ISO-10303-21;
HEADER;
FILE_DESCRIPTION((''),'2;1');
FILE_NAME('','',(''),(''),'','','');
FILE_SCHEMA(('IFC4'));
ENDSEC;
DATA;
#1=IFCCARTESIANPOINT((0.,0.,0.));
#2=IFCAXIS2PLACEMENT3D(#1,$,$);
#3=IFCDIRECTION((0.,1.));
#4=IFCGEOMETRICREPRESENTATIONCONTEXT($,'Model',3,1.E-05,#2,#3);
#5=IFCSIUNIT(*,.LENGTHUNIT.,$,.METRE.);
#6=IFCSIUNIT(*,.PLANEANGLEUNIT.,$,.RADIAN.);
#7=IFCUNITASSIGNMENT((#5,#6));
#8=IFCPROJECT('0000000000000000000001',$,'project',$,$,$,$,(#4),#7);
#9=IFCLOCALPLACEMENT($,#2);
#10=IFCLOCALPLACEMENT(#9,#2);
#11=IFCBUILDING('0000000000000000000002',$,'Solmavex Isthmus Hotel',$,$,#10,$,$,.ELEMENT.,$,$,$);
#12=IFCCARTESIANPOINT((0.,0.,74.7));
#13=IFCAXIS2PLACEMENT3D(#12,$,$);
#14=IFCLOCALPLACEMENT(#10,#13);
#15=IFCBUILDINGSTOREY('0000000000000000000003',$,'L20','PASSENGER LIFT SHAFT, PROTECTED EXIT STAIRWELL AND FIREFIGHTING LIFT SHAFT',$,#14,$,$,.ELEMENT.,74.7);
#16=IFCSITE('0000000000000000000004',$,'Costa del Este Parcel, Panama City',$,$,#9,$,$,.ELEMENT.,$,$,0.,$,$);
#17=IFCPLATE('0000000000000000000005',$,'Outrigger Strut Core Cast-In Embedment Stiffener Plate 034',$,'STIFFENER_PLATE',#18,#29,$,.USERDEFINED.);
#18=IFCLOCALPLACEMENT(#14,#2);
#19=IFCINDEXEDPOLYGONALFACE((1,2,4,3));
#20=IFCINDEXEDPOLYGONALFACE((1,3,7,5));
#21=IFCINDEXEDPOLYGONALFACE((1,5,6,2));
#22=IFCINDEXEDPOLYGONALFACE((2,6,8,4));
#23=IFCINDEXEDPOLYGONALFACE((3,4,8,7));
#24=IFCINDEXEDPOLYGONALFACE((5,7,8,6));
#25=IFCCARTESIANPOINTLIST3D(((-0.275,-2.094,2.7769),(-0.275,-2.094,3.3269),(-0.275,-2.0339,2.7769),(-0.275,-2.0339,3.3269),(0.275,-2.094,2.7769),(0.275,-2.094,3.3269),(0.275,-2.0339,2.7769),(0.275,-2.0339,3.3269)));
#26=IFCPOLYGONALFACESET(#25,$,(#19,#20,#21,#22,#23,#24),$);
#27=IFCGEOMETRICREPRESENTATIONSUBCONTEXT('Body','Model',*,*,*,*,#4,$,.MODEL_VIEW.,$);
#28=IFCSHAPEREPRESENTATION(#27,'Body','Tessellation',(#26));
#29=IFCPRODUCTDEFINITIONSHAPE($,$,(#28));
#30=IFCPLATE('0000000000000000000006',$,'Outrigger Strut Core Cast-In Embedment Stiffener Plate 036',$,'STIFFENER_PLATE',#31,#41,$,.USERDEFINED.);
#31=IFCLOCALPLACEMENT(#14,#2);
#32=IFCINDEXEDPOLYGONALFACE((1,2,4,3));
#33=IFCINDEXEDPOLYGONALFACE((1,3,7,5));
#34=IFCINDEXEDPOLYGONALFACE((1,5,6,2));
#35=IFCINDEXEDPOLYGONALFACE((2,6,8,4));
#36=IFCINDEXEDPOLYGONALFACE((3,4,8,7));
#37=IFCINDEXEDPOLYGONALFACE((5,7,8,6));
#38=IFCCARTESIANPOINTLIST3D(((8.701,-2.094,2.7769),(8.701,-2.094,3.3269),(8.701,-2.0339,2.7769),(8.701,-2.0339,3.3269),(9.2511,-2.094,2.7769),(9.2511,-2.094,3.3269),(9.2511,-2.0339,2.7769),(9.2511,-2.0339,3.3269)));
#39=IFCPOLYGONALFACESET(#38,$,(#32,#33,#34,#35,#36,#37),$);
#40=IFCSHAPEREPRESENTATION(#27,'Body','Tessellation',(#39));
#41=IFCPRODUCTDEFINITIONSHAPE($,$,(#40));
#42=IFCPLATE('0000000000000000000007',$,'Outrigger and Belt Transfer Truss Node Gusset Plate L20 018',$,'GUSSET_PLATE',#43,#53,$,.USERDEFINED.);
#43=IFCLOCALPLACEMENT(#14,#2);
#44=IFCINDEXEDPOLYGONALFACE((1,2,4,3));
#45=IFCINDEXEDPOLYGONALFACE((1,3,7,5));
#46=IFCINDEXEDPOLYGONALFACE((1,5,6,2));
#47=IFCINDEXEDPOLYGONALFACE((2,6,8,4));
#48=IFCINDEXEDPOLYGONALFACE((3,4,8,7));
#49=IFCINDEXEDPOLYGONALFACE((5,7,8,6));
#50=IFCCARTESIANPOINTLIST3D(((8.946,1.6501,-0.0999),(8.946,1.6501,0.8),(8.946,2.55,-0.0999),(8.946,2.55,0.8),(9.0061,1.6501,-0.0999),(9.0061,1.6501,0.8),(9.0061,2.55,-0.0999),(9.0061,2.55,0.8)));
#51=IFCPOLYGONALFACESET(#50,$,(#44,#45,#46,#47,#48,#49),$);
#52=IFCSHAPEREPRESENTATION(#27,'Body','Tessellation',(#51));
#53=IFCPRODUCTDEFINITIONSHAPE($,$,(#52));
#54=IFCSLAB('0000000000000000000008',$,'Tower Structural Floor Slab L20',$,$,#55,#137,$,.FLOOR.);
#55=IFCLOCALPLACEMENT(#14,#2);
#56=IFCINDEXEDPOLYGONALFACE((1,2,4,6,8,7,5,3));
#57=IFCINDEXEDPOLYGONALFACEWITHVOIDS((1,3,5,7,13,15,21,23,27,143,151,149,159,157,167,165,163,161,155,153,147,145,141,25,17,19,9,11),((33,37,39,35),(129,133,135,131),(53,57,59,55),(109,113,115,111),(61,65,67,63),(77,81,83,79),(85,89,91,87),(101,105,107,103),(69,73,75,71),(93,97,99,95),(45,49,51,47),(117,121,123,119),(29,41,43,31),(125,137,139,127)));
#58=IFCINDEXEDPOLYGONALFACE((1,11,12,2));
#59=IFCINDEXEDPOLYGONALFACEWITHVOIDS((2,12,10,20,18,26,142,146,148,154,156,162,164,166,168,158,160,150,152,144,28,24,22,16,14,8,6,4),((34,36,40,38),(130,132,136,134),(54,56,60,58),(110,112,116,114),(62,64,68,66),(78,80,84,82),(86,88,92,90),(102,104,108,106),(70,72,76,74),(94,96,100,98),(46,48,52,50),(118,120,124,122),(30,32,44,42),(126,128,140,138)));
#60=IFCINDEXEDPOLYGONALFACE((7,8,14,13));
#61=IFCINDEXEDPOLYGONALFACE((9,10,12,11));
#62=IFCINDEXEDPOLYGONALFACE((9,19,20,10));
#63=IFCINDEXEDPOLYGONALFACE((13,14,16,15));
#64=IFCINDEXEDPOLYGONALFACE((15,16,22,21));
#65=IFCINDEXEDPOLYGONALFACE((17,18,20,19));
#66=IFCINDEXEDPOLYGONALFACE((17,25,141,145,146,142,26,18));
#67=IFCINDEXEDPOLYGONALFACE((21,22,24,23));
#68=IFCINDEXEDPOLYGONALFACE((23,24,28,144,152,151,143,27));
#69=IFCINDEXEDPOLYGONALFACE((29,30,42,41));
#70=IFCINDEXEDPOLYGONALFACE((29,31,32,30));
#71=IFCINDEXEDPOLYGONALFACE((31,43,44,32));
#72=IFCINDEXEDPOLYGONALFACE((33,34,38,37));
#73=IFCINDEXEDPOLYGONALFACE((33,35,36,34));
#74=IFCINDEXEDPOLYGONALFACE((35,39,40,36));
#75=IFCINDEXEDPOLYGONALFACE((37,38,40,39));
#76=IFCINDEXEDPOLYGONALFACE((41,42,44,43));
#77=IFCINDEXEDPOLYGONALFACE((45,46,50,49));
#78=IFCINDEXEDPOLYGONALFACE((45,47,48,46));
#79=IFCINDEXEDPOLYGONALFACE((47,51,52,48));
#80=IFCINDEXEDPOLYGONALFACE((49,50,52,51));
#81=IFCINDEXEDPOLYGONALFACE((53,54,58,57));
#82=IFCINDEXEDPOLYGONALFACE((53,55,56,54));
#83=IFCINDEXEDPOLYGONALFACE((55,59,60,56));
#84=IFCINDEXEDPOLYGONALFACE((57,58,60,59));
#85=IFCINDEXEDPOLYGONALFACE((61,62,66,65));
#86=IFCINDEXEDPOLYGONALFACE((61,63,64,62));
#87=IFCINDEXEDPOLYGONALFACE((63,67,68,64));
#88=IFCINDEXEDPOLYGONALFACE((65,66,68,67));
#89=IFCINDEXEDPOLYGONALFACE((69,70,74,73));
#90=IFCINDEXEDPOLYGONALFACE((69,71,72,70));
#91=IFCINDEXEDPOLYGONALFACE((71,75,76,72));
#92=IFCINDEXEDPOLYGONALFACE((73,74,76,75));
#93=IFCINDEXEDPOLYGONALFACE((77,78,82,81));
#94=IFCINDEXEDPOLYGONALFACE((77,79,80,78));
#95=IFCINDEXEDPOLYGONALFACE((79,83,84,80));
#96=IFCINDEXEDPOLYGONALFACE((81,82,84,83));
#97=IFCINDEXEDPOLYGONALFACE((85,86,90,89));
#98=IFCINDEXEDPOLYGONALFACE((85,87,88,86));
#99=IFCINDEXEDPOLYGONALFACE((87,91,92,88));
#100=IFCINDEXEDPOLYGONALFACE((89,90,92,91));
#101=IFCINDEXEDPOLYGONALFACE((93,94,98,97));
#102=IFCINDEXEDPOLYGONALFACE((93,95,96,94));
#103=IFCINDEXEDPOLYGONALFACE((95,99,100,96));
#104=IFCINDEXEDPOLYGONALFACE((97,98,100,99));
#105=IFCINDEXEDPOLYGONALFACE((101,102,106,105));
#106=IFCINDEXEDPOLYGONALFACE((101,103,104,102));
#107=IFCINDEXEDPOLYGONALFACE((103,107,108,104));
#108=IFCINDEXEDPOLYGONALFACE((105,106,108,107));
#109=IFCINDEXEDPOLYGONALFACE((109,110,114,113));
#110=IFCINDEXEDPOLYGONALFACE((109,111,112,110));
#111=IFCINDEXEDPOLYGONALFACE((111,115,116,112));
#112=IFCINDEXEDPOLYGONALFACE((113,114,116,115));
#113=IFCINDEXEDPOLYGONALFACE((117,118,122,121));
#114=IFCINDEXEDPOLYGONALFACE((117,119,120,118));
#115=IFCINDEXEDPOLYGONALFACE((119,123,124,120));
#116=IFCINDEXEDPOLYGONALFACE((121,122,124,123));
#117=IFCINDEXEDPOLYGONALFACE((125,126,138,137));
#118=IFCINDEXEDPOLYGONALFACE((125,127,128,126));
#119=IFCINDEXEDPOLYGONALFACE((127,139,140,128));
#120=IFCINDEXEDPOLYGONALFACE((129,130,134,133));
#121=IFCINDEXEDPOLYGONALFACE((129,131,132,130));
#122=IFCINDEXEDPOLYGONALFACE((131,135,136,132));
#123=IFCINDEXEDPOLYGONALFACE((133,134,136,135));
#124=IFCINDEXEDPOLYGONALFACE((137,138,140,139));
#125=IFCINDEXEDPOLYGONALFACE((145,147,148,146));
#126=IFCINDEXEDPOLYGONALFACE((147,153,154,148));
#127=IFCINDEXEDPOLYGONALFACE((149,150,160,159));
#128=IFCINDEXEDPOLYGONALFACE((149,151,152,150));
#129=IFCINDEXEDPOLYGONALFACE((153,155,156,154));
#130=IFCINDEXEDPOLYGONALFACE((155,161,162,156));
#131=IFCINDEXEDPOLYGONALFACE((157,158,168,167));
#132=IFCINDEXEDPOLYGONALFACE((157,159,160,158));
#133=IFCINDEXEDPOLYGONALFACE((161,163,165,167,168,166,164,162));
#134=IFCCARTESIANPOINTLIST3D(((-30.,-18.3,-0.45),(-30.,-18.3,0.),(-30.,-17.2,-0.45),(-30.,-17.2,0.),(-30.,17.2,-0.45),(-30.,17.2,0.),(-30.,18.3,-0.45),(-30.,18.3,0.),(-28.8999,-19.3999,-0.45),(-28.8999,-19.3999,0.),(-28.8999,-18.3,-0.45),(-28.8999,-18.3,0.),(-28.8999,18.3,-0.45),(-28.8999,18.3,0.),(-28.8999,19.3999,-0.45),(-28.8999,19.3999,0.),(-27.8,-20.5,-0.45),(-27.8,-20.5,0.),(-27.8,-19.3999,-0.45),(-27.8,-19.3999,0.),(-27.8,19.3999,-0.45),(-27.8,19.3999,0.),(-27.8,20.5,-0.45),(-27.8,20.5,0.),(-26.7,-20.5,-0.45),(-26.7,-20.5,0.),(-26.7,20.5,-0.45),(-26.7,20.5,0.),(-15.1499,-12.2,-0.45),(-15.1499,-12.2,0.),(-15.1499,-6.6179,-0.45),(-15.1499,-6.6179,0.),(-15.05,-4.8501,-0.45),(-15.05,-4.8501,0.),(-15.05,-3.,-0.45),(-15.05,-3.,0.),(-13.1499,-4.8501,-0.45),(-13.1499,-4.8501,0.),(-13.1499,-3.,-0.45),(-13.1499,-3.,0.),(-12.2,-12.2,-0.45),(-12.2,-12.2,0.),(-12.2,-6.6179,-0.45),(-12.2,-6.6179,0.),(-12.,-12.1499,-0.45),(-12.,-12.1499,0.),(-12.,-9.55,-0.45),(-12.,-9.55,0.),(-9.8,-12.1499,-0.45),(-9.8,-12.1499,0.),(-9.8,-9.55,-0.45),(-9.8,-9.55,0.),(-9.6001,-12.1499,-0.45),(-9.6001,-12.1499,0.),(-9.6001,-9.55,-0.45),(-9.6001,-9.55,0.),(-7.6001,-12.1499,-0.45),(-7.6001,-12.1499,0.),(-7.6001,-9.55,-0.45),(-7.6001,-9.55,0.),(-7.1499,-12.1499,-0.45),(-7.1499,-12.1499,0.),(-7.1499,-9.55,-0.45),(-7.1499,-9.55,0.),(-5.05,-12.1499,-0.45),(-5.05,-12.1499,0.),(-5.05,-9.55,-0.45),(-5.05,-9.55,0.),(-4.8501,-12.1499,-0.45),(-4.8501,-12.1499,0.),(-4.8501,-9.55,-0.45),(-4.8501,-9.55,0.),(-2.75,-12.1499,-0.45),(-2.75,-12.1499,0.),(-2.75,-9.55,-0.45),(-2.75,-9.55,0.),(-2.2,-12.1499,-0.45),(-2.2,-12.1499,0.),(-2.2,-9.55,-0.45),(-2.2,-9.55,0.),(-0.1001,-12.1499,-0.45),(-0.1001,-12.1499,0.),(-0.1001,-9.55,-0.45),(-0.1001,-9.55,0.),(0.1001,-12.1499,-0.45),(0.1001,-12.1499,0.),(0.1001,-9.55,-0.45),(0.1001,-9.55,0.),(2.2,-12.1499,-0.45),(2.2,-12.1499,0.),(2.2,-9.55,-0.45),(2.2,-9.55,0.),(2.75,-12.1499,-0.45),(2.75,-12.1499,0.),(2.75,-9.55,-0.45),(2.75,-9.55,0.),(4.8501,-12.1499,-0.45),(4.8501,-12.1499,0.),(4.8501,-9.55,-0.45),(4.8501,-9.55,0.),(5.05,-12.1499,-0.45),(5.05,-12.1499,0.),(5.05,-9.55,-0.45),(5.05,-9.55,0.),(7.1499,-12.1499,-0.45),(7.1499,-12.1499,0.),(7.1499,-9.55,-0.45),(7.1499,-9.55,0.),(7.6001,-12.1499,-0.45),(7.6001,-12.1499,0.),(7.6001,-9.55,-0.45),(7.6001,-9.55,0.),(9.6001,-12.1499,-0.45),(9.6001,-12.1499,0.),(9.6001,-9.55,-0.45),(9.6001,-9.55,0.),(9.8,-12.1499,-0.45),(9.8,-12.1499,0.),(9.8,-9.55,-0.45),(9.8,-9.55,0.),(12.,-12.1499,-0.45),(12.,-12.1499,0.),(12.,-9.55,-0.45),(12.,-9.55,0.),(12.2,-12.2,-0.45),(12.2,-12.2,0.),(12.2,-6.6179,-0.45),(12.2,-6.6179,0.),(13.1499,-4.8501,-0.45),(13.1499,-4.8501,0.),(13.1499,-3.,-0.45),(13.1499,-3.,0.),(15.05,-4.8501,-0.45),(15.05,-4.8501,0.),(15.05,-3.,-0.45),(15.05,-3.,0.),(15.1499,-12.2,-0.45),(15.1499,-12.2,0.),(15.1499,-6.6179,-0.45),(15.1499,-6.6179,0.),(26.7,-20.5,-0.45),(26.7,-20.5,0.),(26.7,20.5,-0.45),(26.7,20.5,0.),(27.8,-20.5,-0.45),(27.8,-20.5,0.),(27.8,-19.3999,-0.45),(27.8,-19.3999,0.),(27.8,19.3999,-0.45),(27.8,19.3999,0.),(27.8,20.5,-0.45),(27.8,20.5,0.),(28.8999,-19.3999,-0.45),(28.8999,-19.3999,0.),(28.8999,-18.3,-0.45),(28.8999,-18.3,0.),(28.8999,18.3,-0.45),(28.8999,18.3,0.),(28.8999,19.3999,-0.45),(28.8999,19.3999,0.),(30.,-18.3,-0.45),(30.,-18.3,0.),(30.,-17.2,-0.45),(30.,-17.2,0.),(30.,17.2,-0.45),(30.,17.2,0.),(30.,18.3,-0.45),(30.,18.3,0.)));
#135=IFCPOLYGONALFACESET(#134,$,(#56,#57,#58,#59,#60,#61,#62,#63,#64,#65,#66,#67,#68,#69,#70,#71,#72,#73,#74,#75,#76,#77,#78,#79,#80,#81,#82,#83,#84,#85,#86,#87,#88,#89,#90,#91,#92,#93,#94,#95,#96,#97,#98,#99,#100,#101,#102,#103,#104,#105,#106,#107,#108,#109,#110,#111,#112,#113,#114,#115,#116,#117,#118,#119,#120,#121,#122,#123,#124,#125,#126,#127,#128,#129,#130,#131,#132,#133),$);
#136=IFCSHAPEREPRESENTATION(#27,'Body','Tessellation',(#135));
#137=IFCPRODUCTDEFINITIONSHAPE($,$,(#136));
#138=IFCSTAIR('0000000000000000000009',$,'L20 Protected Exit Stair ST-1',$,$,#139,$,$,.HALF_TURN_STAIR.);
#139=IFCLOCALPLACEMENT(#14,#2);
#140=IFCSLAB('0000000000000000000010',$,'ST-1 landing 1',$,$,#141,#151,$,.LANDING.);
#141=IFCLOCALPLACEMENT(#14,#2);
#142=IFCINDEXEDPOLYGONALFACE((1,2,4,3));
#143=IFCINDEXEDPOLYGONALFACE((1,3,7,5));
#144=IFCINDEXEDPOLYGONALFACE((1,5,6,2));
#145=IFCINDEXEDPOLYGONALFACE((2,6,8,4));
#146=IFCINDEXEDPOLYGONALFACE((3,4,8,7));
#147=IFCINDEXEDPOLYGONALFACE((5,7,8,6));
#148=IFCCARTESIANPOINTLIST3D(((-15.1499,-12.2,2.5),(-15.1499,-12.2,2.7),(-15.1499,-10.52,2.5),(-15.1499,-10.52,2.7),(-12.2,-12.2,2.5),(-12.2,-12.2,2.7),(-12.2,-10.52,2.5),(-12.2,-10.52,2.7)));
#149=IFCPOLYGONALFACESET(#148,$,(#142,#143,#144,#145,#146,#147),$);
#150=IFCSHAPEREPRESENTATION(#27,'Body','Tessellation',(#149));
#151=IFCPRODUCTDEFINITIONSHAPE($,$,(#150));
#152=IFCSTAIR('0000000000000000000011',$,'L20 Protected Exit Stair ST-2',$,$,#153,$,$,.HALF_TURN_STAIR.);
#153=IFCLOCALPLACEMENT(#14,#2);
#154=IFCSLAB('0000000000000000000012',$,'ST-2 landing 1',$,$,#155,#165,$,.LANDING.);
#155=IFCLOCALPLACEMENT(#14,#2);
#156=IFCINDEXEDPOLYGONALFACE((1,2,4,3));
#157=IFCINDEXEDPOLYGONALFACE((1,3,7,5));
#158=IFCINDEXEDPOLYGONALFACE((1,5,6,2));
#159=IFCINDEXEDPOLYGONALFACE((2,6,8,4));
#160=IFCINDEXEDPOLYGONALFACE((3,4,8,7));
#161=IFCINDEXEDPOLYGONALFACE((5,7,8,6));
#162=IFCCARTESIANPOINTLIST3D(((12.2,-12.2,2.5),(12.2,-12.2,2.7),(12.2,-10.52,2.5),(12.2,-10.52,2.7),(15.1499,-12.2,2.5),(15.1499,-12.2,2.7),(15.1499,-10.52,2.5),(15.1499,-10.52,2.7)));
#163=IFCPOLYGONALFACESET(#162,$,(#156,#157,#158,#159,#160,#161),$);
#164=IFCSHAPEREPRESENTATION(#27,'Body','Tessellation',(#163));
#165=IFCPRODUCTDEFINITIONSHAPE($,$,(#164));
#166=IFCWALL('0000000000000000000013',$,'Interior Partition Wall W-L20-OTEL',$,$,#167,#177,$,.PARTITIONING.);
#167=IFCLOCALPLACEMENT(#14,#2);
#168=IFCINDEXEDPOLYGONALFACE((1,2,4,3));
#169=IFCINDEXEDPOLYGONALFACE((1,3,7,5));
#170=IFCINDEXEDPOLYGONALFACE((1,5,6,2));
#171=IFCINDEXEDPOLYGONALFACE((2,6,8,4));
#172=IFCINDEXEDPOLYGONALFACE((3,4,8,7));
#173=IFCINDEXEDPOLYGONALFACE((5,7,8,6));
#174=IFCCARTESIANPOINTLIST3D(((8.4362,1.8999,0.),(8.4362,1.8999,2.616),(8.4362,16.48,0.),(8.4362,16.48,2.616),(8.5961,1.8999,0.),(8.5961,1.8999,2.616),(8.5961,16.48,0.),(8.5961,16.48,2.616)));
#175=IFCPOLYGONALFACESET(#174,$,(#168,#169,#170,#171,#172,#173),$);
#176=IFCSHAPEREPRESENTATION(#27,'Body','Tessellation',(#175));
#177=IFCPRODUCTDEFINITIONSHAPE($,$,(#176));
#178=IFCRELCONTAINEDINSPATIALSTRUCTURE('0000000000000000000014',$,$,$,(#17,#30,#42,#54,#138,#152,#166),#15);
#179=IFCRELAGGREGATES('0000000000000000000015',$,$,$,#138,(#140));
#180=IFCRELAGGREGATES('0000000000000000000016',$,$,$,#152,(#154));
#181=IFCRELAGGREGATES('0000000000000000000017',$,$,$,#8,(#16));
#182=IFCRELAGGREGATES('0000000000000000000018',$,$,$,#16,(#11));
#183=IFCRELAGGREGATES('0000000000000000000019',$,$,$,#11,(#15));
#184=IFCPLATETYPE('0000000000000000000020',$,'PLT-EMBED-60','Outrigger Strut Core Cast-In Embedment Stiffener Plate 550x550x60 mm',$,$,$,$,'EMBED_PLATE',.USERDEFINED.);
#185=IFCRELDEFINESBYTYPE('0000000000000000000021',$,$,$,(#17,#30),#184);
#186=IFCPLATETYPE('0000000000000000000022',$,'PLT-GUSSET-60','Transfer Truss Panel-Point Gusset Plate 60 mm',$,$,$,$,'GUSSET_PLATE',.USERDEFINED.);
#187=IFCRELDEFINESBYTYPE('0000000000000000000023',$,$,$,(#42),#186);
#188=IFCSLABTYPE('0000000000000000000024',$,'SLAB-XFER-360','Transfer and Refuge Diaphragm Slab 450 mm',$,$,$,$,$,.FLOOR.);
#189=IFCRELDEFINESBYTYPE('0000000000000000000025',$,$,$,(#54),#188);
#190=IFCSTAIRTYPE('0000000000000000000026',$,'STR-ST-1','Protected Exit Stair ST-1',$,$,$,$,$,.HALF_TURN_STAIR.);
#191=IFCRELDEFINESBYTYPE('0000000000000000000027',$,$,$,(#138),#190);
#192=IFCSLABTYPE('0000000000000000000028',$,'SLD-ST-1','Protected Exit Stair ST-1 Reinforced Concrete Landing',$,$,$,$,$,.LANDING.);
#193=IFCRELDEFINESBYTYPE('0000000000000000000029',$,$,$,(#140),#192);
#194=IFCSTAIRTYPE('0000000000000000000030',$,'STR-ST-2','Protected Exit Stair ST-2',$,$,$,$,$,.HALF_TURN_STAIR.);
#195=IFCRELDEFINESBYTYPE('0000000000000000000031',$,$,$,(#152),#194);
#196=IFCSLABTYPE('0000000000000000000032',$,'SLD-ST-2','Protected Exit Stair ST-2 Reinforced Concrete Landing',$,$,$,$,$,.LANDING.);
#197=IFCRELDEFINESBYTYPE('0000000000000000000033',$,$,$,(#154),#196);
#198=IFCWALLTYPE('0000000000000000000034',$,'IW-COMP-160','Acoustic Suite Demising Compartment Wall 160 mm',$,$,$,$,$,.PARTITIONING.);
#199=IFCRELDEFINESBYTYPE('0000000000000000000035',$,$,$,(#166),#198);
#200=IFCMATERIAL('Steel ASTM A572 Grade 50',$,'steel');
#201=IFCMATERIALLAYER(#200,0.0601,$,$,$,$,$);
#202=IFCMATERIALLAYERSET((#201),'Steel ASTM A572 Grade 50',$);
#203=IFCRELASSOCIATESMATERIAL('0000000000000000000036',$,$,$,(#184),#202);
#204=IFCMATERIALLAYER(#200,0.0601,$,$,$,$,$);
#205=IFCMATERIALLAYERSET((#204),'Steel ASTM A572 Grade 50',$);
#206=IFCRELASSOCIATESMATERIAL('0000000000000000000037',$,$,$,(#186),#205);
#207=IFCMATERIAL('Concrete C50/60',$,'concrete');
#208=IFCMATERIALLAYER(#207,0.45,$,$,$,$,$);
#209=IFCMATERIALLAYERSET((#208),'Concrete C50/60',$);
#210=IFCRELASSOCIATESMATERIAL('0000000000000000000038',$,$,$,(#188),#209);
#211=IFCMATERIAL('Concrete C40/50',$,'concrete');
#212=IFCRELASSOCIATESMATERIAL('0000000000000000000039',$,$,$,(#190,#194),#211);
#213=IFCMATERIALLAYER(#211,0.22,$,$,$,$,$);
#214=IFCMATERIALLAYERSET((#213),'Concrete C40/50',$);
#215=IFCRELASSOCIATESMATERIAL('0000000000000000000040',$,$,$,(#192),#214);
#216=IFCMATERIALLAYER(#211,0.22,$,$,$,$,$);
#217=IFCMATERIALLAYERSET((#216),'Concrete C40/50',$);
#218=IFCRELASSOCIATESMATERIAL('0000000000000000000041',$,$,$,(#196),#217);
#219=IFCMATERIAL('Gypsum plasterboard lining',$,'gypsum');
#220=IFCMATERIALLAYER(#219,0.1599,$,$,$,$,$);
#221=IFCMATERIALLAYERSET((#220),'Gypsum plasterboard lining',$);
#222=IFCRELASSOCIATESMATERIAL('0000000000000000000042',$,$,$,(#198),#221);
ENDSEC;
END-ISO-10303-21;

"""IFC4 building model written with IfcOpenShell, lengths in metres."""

from ifc_helpers import new_model, si_unit, direction, frame, frame_2d, origin, origin_2d, place, context, subcontext, project, spatial, polyline, rectangle, outline, extrude, material, layer, layer_set, type_object, element, aggregate, save


model = new_model("IFC4")

# Units and contexts
model_context = context("Model", 3, precision=1e-05, world=origin(), true_north=direction((0.0, 1.0)))
body_context = subcontext(model_context, "Body", "Model", "MODEL_VIEW")
ifc_project = project(units=[si_unit("LENGTHUNIT", "METRE"), si_unit("PLANEANGLEUNIT", "RADIAN")], contexts=[model_context])

# Site, building, storey
site_placement = place(None, origin())
site = spatial("IfcSite", under=ifc_project, at=site_placement, Name="Costa del Este Parcel, Panama City", CompositionType="ELEMENT", RefElevation=0.0)
building_placement = place(site_placement, origin())
building = spatial("IfcBuilding", under=site, at=building_placement, Name="Solmavex Isthmus Hotel", CompositionType="ELEMENT")
storey_placement = place(building_placement, frame((0.0, 0.0, 74.7)))
storey = spatial("IfcBuildingStorey", under=building, at=storey_placement, Name="L20", Description="PASSENGER LIFT SHAFT, PROTECTED EXIT STAIRWELL AND FIREFIGHTING LIFT SHAFT", CompositionType="ELEMENT", Elevation=74.7)

# Plates
ifc_material_1 = material(Name="Steel ASTM A572 Grade 50", Category="steel")
ifc_layer_1 = layer(ifc_material_1, 0.0601)
ifc_layer_set_1 = layer_set([ifc_layer_1], Name="Steel ASTM A572 Grade 50")
plate_type_1 = type_object("IfcPlateType", Name="PLT-EMBED-60", Description="Outrigger Strut Core Cast-In Embedment Stiffener Plate 550x550x60 mm", ElementType="EMBED_PLATE", PredefinedType="USERDEFINED", material=ifc_layer_set_1)
for number, where, z_axis, x_axis, name in (
    (1, (0.0, -2.064, 2.7769), (0.0, 0.0, 1.0), (1.0, 0.0, 0.0), "Outrigger Strut Core Cast-In Embedment Stiffener Plate 034"),
    (2, (8.9761, -2.064, 2.7769), (0.0, 0.0, 1.0), (1.0, 0.0, 0.0), "Outrigger Strut Core Cast-In Embedment Stiffener Plate 036"),
):
    element("IfcPlate", number, at=place(storey_placement, frame(where, z_axis=z_axis, x_axis=x_axis)), inside=storey, type_object=plate_type_1, Name=name, ObjectType="STIFFENER_PLATE", PredefinedType="USERDEFINED", context=body_context, shape_type="SweptSolid", body=[
        extrude(rectangle(XDim=0.55, YDim=0.0601, at=origin_2d()), origin(), (0.0, 0.0, 1.0), 0.55),
    ])
ifc_layer_2 = layer(ifc_material_1, 0.0601)
ifc_layer_set_2 = layer_set([ifc_layer_2], Name="Steel ASTM A572 Grade 50")
plate_type_2 = type_object("IfcPlateType", Name="PLT-GUSSET-60", Description="Transfer Truss Panel-Point Gusset Plate 60 mm", ElementType="GUSSET_PLATE", PredefinedType="USERDEFINED", material=ifc_layer_set_2)
plate_placement = place(storey_placement, frame((8.9761, 2.1001, -0.0999), z_axis=(0.0, 0.0, 1.0), x_axis=(0.0, 1.0, 0.0)))
element("IfcPlate", 3, at=plate_placement, inside=storey, type_object=plate_type_2, Name="Outrigger and Belt Transfer Truss Node Gusset Plate L20 018", ObjectType="GUSSET_PLATE", PredefinedType="USERDEFINED", context=body_context, shape_type="SweptSolid", body=[
    extrude(rectangle(XDim=0.8999, YDim=0.0601, at=origin_2d()), origin(), (0.0, 0.0, 1.0), 0.8999),
])

# Slab
ifc_material_2 = material(Name="Concrete C50/60", Category="concrete")
ifc_layer_3 = layer(ifc_material_2, 0.45)
ifc_layer_set_3 = layer_set([ifc_layer_3], Name="Concrete C50/60")
slab_type_1 = type_object("IfcSlabType", Name="SLAB-XFER-360", Description="Transfer and Refuge Diaphragm Slab 450 mm", PredefinedType="FLOOR", material=ifc_layer_set_3)
slab_1_placement = place(storey_placement, frame((0.0, 0.0, -0.45)))
element("IfcSlab", 4, at=slab_1_placement, inside=storey, type_object=slab_type_1, Name="Tower Structural Floor Slab L20", PredefinedType="FLOOR", context=body_context, shape_type="SweptSolid", body=[
    extrude(outline(polyline([(-26.7, -20.5), (26.7, -20.5), (27.8, -20.5), (27.8, -19.3999), (28.8999, -19.3999), (28.8999, -18.3), (30.0, -18.3), (30.0, -17.2), (30.0, 17.2), (30.0, 18.3), (28.8999, 18.3), (28.8999, 19.3999), (27.8, 19.3999), (27.8, 20.5), (26.7, 20.5), (-26.7, 20.5), (-27.8, 20.5), (-27.8, 19.3999), (-28.8999, 19.3999), (-28.8999, 18.3), (-30.0, 18.3), (-30.0, 17.2), (-30.0, -17.2), (-30.0, -18.3), (-28.8999, -18.3), (-28.8999, -19.3999), (-27.8, -19.3999), (-27.8, -20.5), (-26.7, -20.5)]), holes=[polyline([(-15.1499, -6.6179), (-15.1499, -12.2), (-12.2, -12.2), (-12.2, -6.6179), (-15.1499, -6.6179)]), polyline([(12.2, -6.6179), (12.2, -12.2), (15.1499, -12.2), (15.1499, -6.6179), (12.2, -6.6179)]), polyline([(-12.0, -12.1499), (-9.8, -12.1499), (-9.8, -9.55), (-12.0, -9.55), (-12.0, -12.1499)]), polyline([(9.8, -12.1499), (12.0, -12.1499), (12.0, -9.55), (9.8, -9.55), (9.8, -12.1499)]), polyline([(-9.6001, -12.1499), (-7.6001, -12.1499), (-7.6001, -9.55), (-9.6001, -9.55), (-9.6001, -12.1499)]), polyline([(7.6001, -12.1499), (9.6001, -12.1499), (9.6001, -9.55), (7.6001, -9.55), (7.6001, -12.1499)]), polyline([(-7.1499, -12.1499), (-5.05, -12.1499), (-5.05, -9.55), (-7.1499, -9.55), (-7.1499, -12.1499)]), polyline([(-4.8501, -12.1499), (-2.75, -12.1499), (-2.75, -9.55), (-4.8501, -9.55), (-4.8501, -12.1499)]), polyline([(-2.2, -12.1499), (-0.1001, -12.1499), (-0.1001, -9.55), (-2.2, -9.55), (-2.2, -12.1499)]), polyline([(0.1001, -12.1499), (2.2, -12.1499), (2.2, -9.55), (0.1001, -9.55), (0.1001, -12.1499)]), polyline([(2.75, -12.1499), (4.8501, -12.1499), (4.8501, -9.55), (2.75, -9.55), (2.75, -12.1499)]), polyline([(5.05, -12.1499), (7.1499, -12.1499), (7.1499, -9.55), (5.05, -9.55), (5.05, -12.1499)]), polyline([(-15.05, -4.8501), (-13.1499, -4.8501), (-13.1499, -3.0), (-15.05, -3.0), (-15.05, -4.8501)]), polyline([(13.1499, -4.8501), (15.05, -4.8501), (15.05, -3.0), (13.1499, -3.0), (13.1499, -4.8501)])]), origin(), (0.0, 0.0, 1.0), 0.45),
])

# Stairs, slabs
ifc_material_3 = material(Name="Concrete C40/50", Category="concrete")
stair_type_1 = type_object("IfcStairType", Name="STR-ST-1", Description="Protected Exit Stair ST-1", PredefinedType="HALF_TURN_STAIR", material=ifc_material_3)
stair_1_placement = place(storey_placement, origin())
stair_1 = element("IfcStair", 5, at=stair_1_placement, inside=storey, type_object=stair_type_1, Name="L20 Protected Exit Stair ST-1", PredefinedType="HALF_TURN_STAIR")
ifc_layer_4 = layer(ifc_material_3, 0.22)
ifc_layer_set_4 = layer_set([ifc_layer_4], Name="Concrete C40/50")
slab_type_2 = type_object("IfcSlabType", Name="SLD-ST-1", Description="Protected Exit Stair ST-1 Reinforced Concrete Landing", PredefinedType="LANDING", material=ifc_layer_set_4)
slab_2_placement = place(storey_placement, frame((0.0, 0.0, 2.5)))
slab_2 = element("IfcSlab", 6, at=slab_2_placement, type_object=slab_type_2, Name="ST-1 landing 1", PredefinedType="LANDING", context=body_context, shape_type="SweptSolid", body=[
    extrude(outline(polyline([(-15.1499, -10.52), (-15.1499, -12.2), (-12.2, -12.2), (-12.2, -10.52), (-15.1499, -10.52)])), origin(), (0.0, 0.0, 1.0), 0.2),
])
aggregate(stair_1, [slab_2])
stair_type_2 = type_object("IfcStairType", Name="STR-ST-2", Description="Protected Exit Stair ST-2", PredefinedType="HALF_TURN_STAIR", material=ifc_material_3)
stair_2_placement = place(storey_placement, origin())
stair_2 = element("IfcStair", 7, at=stair_2_placement, inside=storey, type_object=stair_type_2, Name="L20 Protected Exit Stair ST-2", PredefinedType="HALF_TURN_STAIR")
ifc_layer_5 = layer(ifc_material_3, 0.22)
ifc_layer_set_5 = layer_set([ifc_layer_5], Name="Concrete C40/50")
slab_type_3 = type_object("IfcSlabType", Name="SLD-ST-2", Description="Protected Exit Stair ST-2 Reinforced Concrete Landing", PredefinedType="LANDING", material=ifc_layer_set_5)
slab_3_placement = place(storey_placement, frame((0.0, 0.0, 2.5)))
slab_3 = element("IfcSlab", 8, at=slab_3_placement, type_object=slab_type_3, Name="ST-2 landing 1", PredefinedType="LANDING", context=body_context, shape_type="SweptSolid", body=[
    extrude(outline(polyline([(12.2, -10.52), (12.2, -12.2), (15.1499, -12.2), (15.1499, -10.52), (12.2, -10.52)])), origin(), (0.0, 0.0, 1.0), 0.2),
])
aggregate(stair_2, [slab_3])

# Wall
ifc_material_4 = material(Name="Gypsum plasterboard lining", Category="gypsum")
ifc_layer_6 = layer(ifc_material_4, 0.1599)
ifc_layer_set_6 = layer_set([ifc_layer_6], Name="Gypsum plasterboard lining")
wall_type = type_object("IfcWallType", Name="IW-COMP-160", Description="Acoustic Suite Demising Compartment Wall 160 mm", PredefinedType="PARTITIONING", material=ifc_layer_set_6)
for number, where, z_axis, x_axis, name in (
    (9, (8.5161, 1.8999, 0.0), (0.0, 0.0, 1.0), (0.0, 1.0, 0.0), "Interior Partition Wall W-L20-OTEL"),
):
    element("IfcWall", number, at=place(storey_placement, frame(where, z_axis=z_axis, x_axis=x_axis)), inside=storey, type_object=wall_type, Name=name, PredefinedType="PARTITIONING", context=body_context, shape_type="SweptSolid", body=[
        extrude(rectangle(XDim=14.5801, YDim=0.1599, at=frame_2d((7.29, 0.0))), origin(), (0.0, 0.0, 1.0), 2.616),
    ])

save(model, "model.ifc")
